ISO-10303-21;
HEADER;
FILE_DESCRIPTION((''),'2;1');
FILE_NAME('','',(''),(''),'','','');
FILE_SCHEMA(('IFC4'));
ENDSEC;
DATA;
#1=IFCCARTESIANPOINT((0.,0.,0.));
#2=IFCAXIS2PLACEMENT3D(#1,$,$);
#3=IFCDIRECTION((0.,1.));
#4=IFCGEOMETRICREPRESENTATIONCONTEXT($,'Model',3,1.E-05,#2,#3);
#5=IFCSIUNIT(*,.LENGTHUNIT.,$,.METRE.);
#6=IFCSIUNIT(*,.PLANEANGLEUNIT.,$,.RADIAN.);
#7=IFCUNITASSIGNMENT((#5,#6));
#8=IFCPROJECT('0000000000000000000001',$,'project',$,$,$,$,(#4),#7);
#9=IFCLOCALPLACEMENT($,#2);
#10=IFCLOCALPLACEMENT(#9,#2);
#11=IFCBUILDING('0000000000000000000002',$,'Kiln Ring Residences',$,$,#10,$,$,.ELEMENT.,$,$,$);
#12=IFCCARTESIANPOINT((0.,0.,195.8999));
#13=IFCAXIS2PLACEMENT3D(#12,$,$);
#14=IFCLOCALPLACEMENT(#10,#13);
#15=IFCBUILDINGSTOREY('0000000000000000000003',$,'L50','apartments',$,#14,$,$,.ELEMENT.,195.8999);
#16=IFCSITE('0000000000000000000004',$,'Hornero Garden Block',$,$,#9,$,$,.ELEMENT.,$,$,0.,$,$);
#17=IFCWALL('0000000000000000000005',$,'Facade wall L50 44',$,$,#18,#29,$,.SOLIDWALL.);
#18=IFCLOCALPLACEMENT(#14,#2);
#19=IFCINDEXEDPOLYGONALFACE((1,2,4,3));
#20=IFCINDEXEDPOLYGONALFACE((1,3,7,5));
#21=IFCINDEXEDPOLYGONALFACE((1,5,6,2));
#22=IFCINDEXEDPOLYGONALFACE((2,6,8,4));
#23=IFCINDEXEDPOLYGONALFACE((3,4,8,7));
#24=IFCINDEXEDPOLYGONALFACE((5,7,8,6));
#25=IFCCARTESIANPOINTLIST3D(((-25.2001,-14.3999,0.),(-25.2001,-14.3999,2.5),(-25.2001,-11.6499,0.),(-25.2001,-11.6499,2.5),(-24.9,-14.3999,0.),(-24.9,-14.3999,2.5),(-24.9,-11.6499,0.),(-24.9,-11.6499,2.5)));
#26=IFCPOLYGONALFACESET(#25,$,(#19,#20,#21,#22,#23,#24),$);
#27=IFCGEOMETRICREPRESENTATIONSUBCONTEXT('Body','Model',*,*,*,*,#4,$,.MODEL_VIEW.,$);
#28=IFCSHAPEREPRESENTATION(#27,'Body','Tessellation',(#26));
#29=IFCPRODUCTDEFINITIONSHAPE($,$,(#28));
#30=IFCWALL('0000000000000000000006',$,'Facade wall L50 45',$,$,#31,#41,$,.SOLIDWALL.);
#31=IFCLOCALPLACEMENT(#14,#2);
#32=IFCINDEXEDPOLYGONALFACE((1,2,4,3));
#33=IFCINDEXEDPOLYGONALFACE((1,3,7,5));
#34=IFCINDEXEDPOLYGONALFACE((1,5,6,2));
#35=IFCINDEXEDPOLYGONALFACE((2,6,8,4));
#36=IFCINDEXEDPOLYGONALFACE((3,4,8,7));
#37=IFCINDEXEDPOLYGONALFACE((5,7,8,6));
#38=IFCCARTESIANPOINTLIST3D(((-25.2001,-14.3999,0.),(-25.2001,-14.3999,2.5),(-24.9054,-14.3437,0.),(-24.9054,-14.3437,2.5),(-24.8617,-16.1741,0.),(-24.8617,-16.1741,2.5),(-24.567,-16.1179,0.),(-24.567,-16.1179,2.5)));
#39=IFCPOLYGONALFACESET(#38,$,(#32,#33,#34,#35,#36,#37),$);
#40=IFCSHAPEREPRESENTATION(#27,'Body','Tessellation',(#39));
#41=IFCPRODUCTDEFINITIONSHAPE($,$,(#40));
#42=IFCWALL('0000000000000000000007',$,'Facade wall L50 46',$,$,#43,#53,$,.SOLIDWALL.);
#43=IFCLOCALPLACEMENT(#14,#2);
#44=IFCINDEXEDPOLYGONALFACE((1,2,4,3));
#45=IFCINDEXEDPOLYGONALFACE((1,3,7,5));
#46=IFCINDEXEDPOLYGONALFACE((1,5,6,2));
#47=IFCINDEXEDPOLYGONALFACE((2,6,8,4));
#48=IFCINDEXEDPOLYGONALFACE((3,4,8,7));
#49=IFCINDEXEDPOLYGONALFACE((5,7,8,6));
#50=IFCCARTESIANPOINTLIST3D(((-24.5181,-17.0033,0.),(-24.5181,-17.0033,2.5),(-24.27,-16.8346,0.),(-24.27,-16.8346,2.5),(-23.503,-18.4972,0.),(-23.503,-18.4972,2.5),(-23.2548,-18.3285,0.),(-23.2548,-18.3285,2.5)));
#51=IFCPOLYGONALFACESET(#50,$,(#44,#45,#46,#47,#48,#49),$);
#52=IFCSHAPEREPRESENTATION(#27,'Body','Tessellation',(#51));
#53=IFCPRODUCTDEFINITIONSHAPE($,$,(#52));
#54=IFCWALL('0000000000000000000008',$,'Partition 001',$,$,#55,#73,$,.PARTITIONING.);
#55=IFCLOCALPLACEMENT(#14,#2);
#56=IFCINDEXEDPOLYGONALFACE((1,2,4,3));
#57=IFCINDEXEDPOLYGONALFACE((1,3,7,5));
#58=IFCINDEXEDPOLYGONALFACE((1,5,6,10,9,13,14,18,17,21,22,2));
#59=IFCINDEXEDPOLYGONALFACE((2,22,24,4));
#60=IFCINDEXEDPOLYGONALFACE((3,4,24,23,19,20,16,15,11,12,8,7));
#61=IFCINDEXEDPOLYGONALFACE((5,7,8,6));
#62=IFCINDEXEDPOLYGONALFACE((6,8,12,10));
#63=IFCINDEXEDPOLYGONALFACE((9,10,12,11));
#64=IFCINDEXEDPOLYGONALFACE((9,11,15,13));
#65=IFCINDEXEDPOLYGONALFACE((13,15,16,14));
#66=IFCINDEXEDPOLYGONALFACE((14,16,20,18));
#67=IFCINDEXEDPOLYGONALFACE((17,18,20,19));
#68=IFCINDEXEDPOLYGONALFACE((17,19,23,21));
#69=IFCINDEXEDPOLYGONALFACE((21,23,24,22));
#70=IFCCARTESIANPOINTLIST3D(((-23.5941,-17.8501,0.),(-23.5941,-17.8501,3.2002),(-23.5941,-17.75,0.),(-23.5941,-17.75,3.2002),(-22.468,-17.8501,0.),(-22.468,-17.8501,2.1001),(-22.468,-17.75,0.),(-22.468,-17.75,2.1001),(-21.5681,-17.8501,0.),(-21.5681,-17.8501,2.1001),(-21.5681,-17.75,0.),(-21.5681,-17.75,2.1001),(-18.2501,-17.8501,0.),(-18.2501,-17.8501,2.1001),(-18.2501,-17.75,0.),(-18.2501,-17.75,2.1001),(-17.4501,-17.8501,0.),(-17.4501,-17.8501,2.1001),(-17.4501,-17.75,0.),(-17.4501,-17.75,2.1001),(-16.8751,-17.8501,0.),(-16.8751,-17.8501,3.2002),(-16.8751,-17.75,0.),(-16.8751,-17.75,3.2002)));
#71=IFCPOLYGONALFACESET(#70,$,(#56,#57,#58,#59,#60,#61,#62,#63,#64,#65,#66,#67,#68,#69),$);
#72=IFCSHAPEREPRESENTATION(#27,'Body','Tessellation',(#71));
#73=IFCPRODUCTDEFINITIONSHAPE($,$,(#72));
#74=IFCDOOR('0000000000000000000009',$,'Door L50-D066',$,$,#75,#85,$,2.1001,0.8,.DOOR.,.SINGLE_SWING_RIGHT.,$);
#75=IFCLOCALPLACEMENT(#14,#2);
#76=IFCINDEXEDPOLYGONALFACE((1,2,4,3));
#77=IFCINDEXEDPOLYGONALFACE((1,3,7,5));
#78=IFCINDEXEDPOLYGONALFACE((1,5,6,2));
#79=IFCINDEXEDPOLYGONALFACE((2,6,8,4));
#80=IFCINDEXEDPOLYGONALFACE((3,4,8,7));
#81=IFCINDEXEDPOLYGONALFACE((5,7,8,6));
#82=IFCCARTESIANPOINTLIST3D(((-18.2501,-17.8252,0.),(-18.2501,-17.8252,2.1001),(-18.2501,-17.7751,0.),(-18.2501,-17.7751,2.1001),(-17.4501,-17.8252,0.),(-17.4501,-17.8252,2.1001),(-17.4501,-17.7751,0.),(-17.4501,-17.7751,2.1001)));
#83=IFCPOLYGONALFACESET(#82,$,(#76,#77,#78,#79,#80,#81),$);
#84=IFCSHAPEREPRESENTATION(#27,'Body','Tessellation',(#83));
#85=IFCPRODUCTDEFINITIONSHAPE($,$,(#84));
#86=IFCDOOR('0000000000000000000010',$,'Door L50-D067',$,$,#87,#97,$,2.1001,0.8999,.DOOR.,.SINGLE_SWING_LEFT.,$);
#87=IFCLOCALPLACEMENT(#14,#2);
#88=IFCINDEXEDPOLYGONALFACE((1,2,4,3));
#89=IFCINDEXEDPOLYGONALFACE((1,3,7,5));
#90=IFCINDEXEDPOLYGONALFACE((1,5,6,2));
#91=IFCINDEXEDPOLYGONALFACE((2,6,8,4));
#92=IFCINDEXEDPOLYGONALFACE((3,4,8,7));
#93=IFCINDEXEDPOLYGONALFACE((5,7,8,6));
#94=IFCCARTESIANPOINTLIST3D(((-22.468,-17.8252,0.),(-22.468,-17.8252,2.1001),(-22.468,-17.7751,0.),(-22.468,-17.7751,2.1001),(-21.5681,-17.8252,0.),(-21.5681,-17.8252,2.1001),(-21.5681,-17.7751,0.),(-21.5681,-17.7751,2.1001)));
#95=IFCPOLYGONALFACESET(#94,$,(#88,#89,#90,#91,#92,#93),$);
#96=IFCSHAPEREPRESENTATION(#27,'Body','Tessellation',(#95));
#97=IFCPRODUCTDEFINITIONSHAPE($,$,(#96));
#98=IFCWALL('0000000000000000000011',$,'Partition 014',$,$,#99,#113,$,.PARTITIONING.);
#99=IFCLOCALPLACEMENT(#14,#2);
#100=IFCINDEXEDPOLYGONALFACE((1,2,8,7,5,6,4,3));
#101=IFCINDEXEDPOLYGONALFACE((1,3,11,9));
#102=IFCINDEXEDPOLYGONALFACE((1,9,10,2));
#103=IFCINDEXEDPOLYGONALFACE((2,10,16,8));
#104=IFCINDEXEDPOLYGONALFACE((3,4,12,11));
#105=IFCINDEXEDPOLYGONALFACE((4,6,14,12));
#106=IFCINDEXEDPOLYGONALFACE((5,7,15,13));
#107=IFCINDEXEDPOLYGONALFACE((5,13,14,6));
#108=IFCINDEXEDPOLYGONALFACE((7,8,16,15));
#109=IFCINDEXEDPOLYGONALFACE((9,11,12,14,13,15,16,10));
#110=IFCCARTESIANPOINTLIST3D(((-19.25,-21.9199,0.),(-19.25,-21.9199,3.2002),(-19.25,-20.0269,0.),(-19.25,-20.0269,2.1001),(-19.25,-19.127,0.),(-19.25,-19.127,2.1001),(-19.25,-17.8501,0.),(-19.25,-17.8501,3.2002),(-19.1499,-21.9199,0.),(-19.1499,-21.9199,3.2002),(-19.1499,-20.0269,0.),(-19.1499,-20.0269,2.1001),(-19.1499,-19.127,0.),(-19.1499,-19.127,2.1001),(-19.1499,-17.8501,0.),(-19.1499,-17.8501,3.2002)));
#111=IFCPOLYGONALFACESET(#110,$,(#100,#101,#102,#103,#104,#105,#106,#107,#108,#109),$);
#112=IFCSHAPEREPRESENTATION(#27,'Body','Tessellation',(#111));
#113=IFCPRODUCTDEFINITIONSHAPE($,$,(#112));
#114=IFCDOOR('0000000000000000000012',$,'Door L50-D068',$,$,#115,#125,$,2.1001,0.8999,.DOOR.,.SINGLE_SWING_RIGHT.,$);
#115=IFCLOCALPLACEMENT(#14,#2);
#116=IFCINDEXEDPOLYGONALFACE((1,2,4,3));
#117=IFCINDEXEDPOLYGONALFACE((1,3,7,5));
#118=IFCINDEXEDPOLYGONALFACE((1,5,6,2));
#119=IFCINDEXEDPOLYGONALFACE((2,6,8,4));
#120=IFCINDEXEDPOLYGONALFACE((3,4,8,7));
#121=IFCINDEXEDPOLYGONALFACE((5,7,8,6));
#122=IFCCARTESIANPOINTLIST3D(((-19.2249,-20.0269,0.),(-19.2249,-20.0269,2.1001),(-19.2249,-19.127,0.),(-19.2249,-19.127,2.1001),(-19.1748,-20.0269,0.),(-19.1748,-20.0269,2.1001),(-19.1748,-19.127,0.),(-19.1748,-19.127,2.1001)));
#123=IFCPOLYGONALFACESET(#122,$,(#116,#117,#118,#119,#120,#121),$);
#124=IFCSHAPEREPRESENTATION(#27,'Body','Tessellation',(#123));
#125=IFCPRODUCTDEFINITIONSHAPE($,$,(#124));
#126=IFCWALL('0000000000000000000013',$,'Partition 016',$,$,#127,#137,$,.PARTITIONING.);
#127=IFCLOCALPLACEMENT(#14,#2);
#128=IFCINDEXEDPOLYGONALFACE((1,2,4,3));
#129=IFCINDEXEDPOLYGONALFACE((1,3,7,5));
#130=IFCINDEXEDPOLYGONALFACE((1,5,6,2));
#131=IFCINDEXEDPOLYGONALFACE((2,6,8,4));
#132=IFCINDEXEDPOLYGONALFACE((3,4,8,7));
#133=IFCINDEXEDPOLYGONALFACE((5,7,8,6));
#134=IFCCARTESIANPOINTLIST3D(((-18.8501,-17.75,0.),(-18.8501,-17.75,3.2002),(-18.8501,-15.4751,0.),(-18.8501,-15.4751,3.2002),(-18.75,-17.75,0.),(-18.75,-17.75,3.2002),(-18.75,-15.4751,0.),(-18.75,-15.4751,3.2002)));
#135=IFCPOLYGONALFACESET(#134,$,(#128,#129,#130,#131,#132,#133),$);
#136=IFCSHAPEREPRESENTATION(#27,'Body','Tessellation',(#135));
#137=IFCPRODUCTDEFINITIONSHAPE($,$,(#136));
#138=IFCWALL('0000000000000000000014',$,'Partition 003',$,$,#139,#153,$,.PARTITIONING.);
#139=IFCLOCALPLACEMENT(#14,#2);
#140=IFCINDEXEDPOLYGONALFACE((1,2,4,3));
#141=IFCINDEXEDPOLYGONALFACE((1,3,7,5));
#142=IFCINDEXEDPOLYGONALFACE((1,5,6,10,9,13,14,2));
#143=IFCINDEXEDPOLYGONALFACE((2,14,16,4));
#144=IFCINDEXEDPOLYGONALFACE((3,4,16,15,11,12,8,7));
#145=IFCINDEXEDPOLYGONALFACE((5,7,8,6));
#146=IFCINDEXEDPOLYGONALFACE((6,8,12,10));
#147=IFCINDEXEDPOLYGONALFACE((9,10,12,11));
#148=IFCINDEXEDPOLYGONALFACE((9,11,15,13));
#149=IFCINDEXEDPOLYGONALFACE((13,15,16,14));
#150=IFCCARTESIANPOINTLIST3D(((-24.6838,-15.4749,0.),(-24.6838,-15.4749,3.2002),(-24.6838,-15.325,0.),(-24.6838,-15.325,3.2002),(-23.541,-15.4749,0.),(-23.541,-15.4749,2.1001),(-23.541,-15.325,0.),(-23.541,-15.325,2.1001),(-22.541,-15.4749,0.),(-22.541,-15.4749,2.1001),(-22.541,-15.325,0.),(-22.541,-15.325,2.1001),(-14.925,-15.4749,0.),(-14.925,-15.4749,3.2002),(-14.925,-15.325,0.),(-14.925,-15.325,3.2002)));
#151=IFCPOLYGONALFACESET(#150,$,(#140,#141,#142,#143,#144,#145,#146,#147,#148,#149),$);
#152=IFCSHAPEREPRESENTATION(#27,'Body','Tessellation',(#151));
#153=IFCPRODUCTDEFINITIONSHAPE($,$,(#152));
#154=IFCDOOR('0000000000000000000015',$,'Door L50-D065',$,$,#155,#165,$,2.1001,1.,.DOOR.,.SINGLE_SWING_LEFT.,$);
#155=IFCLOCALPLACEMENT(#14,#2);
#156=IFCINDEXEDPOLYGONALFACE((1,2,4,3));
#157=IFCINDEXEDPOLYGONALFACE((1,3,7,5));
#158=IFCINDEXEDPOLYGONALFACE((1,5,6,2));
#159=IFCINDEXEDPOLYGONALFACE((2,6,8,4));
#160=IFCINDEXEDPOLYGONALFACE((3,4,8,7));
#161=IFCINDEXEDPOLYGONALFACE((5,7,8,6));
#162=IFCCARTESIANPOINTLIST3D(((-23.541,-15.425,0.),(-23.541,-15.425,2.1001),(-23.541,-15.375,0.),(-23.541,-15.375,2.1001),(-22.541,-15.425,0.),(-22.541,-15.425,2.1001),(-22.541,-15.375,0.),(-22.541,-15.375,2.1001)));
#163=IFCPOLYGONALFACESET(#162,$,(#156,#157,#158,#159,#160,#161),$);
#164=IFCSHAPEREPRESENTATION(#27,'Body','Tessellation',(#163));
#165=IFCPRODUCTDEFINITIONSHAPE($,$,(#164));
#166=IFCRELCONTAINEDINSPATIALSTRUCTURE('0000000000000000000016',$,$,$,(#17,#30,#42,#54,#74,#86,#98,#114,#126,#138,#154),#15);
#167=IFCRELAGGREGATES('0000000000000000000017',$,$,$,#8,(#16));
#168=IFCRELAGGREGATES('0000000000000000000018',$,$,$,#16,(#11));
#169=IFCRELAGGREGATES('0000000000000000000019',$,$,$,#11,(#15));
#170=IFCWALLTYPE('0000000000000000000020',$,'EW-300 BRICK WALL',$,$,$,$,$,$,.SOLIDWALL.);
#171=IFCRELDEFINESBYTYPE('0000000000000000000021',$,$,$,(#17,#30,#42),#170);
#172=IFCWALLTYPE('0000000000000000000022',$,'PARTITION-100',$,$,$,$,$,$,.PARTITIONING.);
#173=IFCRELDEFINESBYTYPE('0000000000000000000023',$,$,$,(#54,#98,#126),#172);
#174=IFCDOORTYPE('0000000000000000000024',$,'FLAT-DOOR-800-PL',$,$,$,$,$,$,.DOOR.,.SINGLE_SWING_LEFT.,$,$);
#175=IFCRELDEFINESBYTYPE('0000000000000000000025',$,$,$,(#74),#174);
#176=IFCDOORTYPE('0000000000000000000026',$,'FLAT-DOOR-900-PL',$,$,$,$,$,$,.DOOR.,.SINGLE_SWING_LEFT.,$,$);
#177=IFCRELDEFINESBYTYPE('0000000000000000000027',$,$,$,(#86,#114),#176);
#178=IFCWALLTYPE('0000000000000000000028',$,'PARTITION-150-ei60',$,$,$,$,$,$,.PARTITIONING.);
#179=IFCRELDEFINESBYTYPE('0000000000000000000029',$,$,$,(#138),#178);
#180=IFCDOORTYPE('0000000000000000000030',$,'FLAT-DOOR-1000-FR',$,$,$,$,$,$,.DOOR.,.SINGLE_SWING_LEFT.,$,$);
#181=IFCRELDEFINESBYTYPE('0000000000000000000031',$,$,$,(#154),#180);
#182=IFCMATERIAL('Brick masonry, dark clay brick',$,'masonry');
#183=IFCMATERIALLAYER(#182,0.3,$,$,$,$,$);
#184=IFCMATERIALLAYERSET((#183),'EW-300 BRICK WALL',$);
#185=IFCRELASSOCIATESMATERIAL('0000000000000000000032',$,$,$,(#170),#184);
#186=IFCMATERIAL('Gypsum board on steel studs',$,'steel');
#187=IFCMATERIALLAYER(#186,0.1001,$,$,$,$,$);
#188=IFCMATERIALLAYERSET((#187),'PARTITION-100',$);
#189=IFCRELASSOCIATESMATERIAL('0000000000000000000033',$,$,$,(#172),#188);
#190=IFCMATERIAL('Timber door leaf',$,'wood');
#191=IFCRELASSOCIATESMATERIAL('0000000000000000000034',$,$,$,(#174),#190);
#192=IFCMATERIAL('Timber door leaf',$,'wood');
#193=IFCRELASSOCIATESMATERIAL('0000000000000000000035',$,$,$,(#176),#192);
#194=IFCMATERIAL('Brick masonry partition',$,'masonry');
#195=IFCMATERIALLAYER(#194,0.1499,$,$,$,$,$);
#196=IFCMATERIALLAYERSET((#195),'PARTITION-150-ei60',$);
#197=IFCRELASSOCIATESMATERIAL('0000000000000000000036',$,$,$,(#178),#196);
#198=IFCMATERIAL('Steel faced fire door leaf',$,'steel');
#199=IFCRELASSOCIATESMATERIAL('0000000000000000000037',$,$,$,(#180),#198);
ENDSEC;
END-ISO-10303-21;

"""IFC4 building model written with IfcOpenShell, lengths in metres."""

from ifc_helpers import new_model, si_unit, direction, frame, frame_2d, origin, place, context, subcontext, project, spatial, rectangle, extrude, material, layer, layer_set, type_object, element, fill, save


model = new_model("IFC4")

# Units and contexts
model_context = context("Model", 3, precision=1e-05, world=origin(), true_north=direction((0.0, 1.0)))
body_context = subcontext(model_context, "Body", "Model", "MODEL_VIEW")
ifc_project = project(units=[si_unit("LENGTHUNIT", "METRE"), si_unit("PLANEANGLEUNIT", "RADIAN")], contexts=[model_context])

# Site, building, storey
site_placement = place(None, origin())
site = spatial("IfcSite", under=ifc_project, at=site_placement, Name="Hornero Garden Block", CompositionType="ELEMENT", RefElevation=0.0)
building_placement = place(site_placement, origin())
building = spatial("IfcBuilding", under=site, at=building_placement, Name="Kiln Ring Residences", CompositionType="ELEMENT")
storey_placement = place(building_placement, frame((0.0, 0.0, 195.8999)))
storey = spatial("IfcBuildingStorey", under=building, at=storey_placement, Name="L50", Description="apartments", CompositionType="ELEMENT", Elevation=195.8999)

# Shared definitions
ifc_material_1 = material(Name="Brick masonry, dark clay brick", Category="masonry")
ifc_layer_1 = layer(ifc_material_1, 0.3)
ifc_layer_set_1 = layer_set([ifc_layer_1], Name="EW-300 BRICK WALL")
wall_type_1 = type_object("IfcWallType", Name="EW-300 BRICK WALL", PredefinedType="SOLIDWALL", material=ifc_layer_set_1)

# Walls
wall_1_placement = place(storey_placement, frame((-25.05, -11.6499, 0.0), z_axis=(0.0, 0.0, 1.0), x_axis=(0.0, -1.0, 0.0)))
element("IfcWall", 1, at=wall_1_placement, inside=storey, type_object=wall_type_1, Name="Facade wall L50 44", PredefinedType="SOLIDWALL", context=body_context, shape_type="SweptSolid", body=[
    extrude(rectangle(XDim=2.75, YDim=0.3, at=frame_2d((1.375, 0.0))), origin(), (0.0, 0.0, 1.0), 2.5),
])
for number, where, z_axis, x_axis, name in (
    (2, (-25.0527, -14.3718, 0.0), (0.0, 0.0, 1.0), (0.187348, -0.982294, 0.0), "Facade wall L50 45"),
    (3, (-24.394, -16.9189, 0.0), (0.0, 0.0, 1.0), (0.56204, -0.82711, 0.0), "Facade wall L50 46"),
):
    element("IfcWall", number, at=place(storey_placement, frame(where, z_axis=z_axis, x_axis=x_axis)), inside=storey, type_object=wall_type_1, Name=name, PredefinedType="SOLIDWALL", context=body_context, shape_type="SweptSolid", body=[
        extrude(rectangle(XDim=1.8062, YDim=0.3, at=frame_2d((0.9031, 0.0))), origin(), (0.0, 0.0, 1.0), 2.5),
    ])

# Wall, openings, doors
ifc_material_2 = material(Name="Gypsum board on steel studs", Category="steel")
ifc_layer_2 = layer(ifc_material_2, 0.1001)
ifc_layer_set_2 = layer_set([ifc_layer_2], Name="PARTITION-100")
wall_type_2 = type_object("IfcWallType", Name="PARTITION-100", PredefinedType="PARTITIONING", material=ifc_layer_set_2)
wall_2_placement = place(storey_placement, frame((-23.594, -17.8, 0.0), z_axis=(0.0, 0.0, 1.0), x_axis=(1.0, 0.0, 0.0)))
wall_2 = element("IfcWall", 4, at=wall_2_placement, inside=storey, type_object=wall_type_2, Name="Partition 001", PredefinedType="PARTITIONING", context=body_context, shape_type="SweptSolid", body=[
    extrude(rectangle(XDim=6.719, YDim=0.1001, at=frame_2d((3.3594, 0.0))), origin(), (0.0, 0.0, 1.0), 3.2002),
])
opening_1_placement = place(wall_2_placement, frame((5.344, 0.0, 0.0)))
opening_1 = element("IfcOpeningElement", 5, at=opening_1_placement, cuts=wall_2, PredefinedType="OPENING", context=body_context, shape_type="SweptSolid", body=[
    extrude(rectangle(XDim=0.8, YDim=2.1001, at=frame_2d((0.3999, 1.05))), frame((0.0, 0.0601, 0.0), z_axis=(0.0, -1.0, 0.0), x_axis=(1.0, 0.0, 0.0)), (0.0, 0.0, 1.0), 0.1201),
])
opening_2_placement = place(wall_2_placement, frame((1.126, 0.0, 0.0)))
opening_2 = element("IfcOpeningElement", 6, at=opening_2_placement, cuts=wall_2, PredefinedType="OPENING", context=body_context, shape_type="SweptSolid", body=[
    extrude(rectangle(XDim=0.8999, YDim=2.1001, at=frame_2d((0.45, 1.05))), frame((0.0, 0.0601, 0.0), z_axis=(0.0, -1.0, 0.0), x_axis=(1.0, 0.0, 0.0)), (0.0, 0.0, 1.0), 0.1201),
])
ifc_material_3 = material(Name="Timber door leaf", Category="wood")
door_type_1 = type_object("IfcDoorType", Name="FLAT-DOOR-800-PL", OperationType="SINGLE_SWING_LEFT", PredefinedType="DOOR", material=ifc_material_3)
door_1_placement = place(opening_1_placement, origin())
door_1 = element("IfcDoor", 7, at=door_1_placement, inside=storey, type_object=door_type_1, Name="Door L50-D066", OperationType="SINGLE_SWING_RIGHT", OverallHeight=2.1001, OverallWidth=0.8, PredefinedType="DOOR", context=body_context, shape_type="SweptSolid", body=[
    extrude(rectangle(XDim=0.8, YDim=2.1001, at=frame_2d((0.3999, 1.05))), frame((0.0, 0.0249, 0.0), z_axis=(0.0, -1.0, 0.0), x_axis=(1.0, 0.0, 0.0)), (0.0, 0.0, 1.0), 0.05),
])
fill(opening_1, door_1)
ifc_material_4 = material(Name="Timber door leaf", Category="wood")
door_type_2 = type_object("IfcDoorType", Name="FLAT-DOOR-900-PL", OperationType="SINGLE_SWING_LEFT", PredefinedType="DOOR", material=ifc_material_4)
door_2_placement = place(opening_2_placement, origin())
door_2 = element("IfcDoor", 8, at=door_2_placement, inside=storey, type_object=door_type_2, Name="Door L50-D067", OperationType="SINGLE_SWING_LEFT", OverallHeight=2.1001, OverallWidth=0.8999, PredefinedType="DOOR", context=body_context, shape_type="SweptSolid", body=[
    extrude(rectangle(XDim=0.8999, YDim=2.1001, at=frame_2d((0.45, 1.05))), frame((0.0, 0.0249, 0.0), z_axis=(0.0, -1.0, 0.0), x_axis=(1.0, 0.0, 0.0)), (0.0, 0.0, 1.0), 0.05),
])
fill(opening_2, door_2)

# Wall, opening, door
wall_3_placement = place(storey_placement, frame((-19.2, -21.9199, 0.0), z_axis=(0.0, 0.0, 1.0), x_axis=(0.0, 1.0, 0.0)))
wall_3 = element("IfcWall", 9, at=wall_3_placement, inside=storey, type_object=wall_type_2, Name="Partition 014", PredefinedType="PARTITIONING", context=body_context, shape_type="SweptSolid", body=[
    extrude(rectangle(XDim=4.0698, YDim=0.1001, at=frame_2d((2.0349, 0.0))), origin(), (0.0, 0.0, 1.0), 3.2002),
])
opening_3_placement = place(wall_3_placement, frame((1.8931, 0.0, 0.0)))
opening_3 = element("IfcOpeningElement", 10, at=opening_3_placement, cuts=wall_3, PredefinedType="OPENING", context=body_context, shape_type="SweptSolid", body=[
    extrude(rectangle(XDim=0.8999, YDim=2.1001, at=frame_2d((0.45, 1.05))), frame((0.0, 0.0601, 0.0), z_axis=(0.0, -1.0, 0.0), x_axis=(1.0, 0.0, 0.0)), (0.0, 0.0, 1.0), 0.1201),
])
door_3_placement = place(opening_3_placement, origin())
door_3 = element("IfcDoor", 11, at=door_3_placement, inside=storey, type_object=door_type_2, Name="Door L50-D068", OperationType="SINGLE_SWING_RIGHT", OverallHeight=2.1001, OverallWidth=0.8999, PredefinedType="DOOR", context=body_context, shape_type="SweptSolid", body=[
    extrude(rectangle(XDim=0.8999, YDim=2.1001, at=frame_2d((0.45, 1.05))), frame((0.0, 0.0249, 0.0), z_axis=(0.0, -1.0, 0.0), x_axis=(1.0, 0.0, 0.0)), (0.0, 0.0, 1.0), 0.05),
])
fill(opening_3, door_3)

# Wall
wall_4_placement = place(storey_placement, frame((-18.8, -17.75, 0.0), z_axis=(0.0, 0.0, 1.0), x_axis=(0.0, 1.0, 0.0)))
element("IfcWall", 12, at=wall_4_placement, inside=storey, type_object=wall_type_2, Name="Partition 016", PredefinedType="PARTITIONING", context=body_context, shape_type="SweptSolid", body=[
    extrude(rectangle(XDim=2.2749, YDim=0.1001, at=frame_2d((1.1375, 0.0))), origin(), (0.0, 0.0, 1.0), 3.2002),
])

# Wall, opening, door
ifc_material_5 = material(Name="Brick masonry partition", Category="masonry")
ifc_layer_3 = layer(ifc_material_5, 0.1499)
ifc_layer_set_3 = layer_set([ifc_layer_3], Name="PARTITION-150-ei60")
wall_type_3 = type_object("IfcWallType", Name="PARTITION-150-ei60", PredefinedType="PARTITIONING", material=ifc_layer_set_3)
wall_5_placement = place(storey_placement, frame((-24.6838, -15.3999, 0.0), z_axis=(0.0, 0.0, 1.0), x_axis=(1.0, 0.0, 0.0)))
wall_5 = element("IfcWall", 13, at=wall_5_placement, inside=storey, type_object=wall_type_3, Name="Partition 003", PredefinedType="PARTITIONING", context=body_context, shape_type="SweptSolid", body=[
    extrude(rectangle(XDim=9.7588, YDim=0.1499, at=frame_2d((4.8794, 0.0))), origin(), (0.0, 0.0, 1.0), 3.2002),
])
opening_4_placement = place(wall_5_placement, frame((1.1428, 0.0, 0.0)))
opening_4 = element("IfcOpeningElement", 14, at=opening_4_placement, cuts=wall_5, PredefinedType="OPENING", context=body_context, shape_type="SweptSolid", body=[
    extrude(rectangle(XDim=1.0, YDim=2.1001, at=frame_2d((0.5, 1.05))), frame((0.0, 0.085, 0.0), z_axis=(0.0, -1.0, 0.0), x_axis=(1.0, 0.0, 0.0)), (0.0, 0.0, 1.0), 0.1699),
])
ifc_material_6 = material(Name="Steel faced fire door leaf", Category="steel")
door_type_3 = type_object("IfcDoorType", Name="FLAT-DOOR-1000-FR", OperationType="SINGLE_SWING_LEFT", PredefinedType="DOOR", material=ifc_material_6)
door_4_placement = place(opening_4_placement, origin())
door_4 = element("IfcDoor", 15, at=door_4_placement, inside=storey, type_object=door_type_3, Name="Door L50-D065", OperationType="SINGLE_SWING_LEFT", OverallHeight=2.1001, OverallWidth=1.0, PredefinedType="DOOR", context=body_context, shape_type="SweptSolid", body=[
    extrude(rectangle(XDim=1.0, YDim=2.1001, at=frame_2d((0.5, 1.05))), frame((0.0, 0.0249, 0.0), z_axis=(0.0, -1.0, 0.0), x_axis=(1.0, 0.0, 0.0)), (0.0, 0.0, 1.0), 0.05),
])
fill(opening_4, door_4)

save(model, "model.ifc")
